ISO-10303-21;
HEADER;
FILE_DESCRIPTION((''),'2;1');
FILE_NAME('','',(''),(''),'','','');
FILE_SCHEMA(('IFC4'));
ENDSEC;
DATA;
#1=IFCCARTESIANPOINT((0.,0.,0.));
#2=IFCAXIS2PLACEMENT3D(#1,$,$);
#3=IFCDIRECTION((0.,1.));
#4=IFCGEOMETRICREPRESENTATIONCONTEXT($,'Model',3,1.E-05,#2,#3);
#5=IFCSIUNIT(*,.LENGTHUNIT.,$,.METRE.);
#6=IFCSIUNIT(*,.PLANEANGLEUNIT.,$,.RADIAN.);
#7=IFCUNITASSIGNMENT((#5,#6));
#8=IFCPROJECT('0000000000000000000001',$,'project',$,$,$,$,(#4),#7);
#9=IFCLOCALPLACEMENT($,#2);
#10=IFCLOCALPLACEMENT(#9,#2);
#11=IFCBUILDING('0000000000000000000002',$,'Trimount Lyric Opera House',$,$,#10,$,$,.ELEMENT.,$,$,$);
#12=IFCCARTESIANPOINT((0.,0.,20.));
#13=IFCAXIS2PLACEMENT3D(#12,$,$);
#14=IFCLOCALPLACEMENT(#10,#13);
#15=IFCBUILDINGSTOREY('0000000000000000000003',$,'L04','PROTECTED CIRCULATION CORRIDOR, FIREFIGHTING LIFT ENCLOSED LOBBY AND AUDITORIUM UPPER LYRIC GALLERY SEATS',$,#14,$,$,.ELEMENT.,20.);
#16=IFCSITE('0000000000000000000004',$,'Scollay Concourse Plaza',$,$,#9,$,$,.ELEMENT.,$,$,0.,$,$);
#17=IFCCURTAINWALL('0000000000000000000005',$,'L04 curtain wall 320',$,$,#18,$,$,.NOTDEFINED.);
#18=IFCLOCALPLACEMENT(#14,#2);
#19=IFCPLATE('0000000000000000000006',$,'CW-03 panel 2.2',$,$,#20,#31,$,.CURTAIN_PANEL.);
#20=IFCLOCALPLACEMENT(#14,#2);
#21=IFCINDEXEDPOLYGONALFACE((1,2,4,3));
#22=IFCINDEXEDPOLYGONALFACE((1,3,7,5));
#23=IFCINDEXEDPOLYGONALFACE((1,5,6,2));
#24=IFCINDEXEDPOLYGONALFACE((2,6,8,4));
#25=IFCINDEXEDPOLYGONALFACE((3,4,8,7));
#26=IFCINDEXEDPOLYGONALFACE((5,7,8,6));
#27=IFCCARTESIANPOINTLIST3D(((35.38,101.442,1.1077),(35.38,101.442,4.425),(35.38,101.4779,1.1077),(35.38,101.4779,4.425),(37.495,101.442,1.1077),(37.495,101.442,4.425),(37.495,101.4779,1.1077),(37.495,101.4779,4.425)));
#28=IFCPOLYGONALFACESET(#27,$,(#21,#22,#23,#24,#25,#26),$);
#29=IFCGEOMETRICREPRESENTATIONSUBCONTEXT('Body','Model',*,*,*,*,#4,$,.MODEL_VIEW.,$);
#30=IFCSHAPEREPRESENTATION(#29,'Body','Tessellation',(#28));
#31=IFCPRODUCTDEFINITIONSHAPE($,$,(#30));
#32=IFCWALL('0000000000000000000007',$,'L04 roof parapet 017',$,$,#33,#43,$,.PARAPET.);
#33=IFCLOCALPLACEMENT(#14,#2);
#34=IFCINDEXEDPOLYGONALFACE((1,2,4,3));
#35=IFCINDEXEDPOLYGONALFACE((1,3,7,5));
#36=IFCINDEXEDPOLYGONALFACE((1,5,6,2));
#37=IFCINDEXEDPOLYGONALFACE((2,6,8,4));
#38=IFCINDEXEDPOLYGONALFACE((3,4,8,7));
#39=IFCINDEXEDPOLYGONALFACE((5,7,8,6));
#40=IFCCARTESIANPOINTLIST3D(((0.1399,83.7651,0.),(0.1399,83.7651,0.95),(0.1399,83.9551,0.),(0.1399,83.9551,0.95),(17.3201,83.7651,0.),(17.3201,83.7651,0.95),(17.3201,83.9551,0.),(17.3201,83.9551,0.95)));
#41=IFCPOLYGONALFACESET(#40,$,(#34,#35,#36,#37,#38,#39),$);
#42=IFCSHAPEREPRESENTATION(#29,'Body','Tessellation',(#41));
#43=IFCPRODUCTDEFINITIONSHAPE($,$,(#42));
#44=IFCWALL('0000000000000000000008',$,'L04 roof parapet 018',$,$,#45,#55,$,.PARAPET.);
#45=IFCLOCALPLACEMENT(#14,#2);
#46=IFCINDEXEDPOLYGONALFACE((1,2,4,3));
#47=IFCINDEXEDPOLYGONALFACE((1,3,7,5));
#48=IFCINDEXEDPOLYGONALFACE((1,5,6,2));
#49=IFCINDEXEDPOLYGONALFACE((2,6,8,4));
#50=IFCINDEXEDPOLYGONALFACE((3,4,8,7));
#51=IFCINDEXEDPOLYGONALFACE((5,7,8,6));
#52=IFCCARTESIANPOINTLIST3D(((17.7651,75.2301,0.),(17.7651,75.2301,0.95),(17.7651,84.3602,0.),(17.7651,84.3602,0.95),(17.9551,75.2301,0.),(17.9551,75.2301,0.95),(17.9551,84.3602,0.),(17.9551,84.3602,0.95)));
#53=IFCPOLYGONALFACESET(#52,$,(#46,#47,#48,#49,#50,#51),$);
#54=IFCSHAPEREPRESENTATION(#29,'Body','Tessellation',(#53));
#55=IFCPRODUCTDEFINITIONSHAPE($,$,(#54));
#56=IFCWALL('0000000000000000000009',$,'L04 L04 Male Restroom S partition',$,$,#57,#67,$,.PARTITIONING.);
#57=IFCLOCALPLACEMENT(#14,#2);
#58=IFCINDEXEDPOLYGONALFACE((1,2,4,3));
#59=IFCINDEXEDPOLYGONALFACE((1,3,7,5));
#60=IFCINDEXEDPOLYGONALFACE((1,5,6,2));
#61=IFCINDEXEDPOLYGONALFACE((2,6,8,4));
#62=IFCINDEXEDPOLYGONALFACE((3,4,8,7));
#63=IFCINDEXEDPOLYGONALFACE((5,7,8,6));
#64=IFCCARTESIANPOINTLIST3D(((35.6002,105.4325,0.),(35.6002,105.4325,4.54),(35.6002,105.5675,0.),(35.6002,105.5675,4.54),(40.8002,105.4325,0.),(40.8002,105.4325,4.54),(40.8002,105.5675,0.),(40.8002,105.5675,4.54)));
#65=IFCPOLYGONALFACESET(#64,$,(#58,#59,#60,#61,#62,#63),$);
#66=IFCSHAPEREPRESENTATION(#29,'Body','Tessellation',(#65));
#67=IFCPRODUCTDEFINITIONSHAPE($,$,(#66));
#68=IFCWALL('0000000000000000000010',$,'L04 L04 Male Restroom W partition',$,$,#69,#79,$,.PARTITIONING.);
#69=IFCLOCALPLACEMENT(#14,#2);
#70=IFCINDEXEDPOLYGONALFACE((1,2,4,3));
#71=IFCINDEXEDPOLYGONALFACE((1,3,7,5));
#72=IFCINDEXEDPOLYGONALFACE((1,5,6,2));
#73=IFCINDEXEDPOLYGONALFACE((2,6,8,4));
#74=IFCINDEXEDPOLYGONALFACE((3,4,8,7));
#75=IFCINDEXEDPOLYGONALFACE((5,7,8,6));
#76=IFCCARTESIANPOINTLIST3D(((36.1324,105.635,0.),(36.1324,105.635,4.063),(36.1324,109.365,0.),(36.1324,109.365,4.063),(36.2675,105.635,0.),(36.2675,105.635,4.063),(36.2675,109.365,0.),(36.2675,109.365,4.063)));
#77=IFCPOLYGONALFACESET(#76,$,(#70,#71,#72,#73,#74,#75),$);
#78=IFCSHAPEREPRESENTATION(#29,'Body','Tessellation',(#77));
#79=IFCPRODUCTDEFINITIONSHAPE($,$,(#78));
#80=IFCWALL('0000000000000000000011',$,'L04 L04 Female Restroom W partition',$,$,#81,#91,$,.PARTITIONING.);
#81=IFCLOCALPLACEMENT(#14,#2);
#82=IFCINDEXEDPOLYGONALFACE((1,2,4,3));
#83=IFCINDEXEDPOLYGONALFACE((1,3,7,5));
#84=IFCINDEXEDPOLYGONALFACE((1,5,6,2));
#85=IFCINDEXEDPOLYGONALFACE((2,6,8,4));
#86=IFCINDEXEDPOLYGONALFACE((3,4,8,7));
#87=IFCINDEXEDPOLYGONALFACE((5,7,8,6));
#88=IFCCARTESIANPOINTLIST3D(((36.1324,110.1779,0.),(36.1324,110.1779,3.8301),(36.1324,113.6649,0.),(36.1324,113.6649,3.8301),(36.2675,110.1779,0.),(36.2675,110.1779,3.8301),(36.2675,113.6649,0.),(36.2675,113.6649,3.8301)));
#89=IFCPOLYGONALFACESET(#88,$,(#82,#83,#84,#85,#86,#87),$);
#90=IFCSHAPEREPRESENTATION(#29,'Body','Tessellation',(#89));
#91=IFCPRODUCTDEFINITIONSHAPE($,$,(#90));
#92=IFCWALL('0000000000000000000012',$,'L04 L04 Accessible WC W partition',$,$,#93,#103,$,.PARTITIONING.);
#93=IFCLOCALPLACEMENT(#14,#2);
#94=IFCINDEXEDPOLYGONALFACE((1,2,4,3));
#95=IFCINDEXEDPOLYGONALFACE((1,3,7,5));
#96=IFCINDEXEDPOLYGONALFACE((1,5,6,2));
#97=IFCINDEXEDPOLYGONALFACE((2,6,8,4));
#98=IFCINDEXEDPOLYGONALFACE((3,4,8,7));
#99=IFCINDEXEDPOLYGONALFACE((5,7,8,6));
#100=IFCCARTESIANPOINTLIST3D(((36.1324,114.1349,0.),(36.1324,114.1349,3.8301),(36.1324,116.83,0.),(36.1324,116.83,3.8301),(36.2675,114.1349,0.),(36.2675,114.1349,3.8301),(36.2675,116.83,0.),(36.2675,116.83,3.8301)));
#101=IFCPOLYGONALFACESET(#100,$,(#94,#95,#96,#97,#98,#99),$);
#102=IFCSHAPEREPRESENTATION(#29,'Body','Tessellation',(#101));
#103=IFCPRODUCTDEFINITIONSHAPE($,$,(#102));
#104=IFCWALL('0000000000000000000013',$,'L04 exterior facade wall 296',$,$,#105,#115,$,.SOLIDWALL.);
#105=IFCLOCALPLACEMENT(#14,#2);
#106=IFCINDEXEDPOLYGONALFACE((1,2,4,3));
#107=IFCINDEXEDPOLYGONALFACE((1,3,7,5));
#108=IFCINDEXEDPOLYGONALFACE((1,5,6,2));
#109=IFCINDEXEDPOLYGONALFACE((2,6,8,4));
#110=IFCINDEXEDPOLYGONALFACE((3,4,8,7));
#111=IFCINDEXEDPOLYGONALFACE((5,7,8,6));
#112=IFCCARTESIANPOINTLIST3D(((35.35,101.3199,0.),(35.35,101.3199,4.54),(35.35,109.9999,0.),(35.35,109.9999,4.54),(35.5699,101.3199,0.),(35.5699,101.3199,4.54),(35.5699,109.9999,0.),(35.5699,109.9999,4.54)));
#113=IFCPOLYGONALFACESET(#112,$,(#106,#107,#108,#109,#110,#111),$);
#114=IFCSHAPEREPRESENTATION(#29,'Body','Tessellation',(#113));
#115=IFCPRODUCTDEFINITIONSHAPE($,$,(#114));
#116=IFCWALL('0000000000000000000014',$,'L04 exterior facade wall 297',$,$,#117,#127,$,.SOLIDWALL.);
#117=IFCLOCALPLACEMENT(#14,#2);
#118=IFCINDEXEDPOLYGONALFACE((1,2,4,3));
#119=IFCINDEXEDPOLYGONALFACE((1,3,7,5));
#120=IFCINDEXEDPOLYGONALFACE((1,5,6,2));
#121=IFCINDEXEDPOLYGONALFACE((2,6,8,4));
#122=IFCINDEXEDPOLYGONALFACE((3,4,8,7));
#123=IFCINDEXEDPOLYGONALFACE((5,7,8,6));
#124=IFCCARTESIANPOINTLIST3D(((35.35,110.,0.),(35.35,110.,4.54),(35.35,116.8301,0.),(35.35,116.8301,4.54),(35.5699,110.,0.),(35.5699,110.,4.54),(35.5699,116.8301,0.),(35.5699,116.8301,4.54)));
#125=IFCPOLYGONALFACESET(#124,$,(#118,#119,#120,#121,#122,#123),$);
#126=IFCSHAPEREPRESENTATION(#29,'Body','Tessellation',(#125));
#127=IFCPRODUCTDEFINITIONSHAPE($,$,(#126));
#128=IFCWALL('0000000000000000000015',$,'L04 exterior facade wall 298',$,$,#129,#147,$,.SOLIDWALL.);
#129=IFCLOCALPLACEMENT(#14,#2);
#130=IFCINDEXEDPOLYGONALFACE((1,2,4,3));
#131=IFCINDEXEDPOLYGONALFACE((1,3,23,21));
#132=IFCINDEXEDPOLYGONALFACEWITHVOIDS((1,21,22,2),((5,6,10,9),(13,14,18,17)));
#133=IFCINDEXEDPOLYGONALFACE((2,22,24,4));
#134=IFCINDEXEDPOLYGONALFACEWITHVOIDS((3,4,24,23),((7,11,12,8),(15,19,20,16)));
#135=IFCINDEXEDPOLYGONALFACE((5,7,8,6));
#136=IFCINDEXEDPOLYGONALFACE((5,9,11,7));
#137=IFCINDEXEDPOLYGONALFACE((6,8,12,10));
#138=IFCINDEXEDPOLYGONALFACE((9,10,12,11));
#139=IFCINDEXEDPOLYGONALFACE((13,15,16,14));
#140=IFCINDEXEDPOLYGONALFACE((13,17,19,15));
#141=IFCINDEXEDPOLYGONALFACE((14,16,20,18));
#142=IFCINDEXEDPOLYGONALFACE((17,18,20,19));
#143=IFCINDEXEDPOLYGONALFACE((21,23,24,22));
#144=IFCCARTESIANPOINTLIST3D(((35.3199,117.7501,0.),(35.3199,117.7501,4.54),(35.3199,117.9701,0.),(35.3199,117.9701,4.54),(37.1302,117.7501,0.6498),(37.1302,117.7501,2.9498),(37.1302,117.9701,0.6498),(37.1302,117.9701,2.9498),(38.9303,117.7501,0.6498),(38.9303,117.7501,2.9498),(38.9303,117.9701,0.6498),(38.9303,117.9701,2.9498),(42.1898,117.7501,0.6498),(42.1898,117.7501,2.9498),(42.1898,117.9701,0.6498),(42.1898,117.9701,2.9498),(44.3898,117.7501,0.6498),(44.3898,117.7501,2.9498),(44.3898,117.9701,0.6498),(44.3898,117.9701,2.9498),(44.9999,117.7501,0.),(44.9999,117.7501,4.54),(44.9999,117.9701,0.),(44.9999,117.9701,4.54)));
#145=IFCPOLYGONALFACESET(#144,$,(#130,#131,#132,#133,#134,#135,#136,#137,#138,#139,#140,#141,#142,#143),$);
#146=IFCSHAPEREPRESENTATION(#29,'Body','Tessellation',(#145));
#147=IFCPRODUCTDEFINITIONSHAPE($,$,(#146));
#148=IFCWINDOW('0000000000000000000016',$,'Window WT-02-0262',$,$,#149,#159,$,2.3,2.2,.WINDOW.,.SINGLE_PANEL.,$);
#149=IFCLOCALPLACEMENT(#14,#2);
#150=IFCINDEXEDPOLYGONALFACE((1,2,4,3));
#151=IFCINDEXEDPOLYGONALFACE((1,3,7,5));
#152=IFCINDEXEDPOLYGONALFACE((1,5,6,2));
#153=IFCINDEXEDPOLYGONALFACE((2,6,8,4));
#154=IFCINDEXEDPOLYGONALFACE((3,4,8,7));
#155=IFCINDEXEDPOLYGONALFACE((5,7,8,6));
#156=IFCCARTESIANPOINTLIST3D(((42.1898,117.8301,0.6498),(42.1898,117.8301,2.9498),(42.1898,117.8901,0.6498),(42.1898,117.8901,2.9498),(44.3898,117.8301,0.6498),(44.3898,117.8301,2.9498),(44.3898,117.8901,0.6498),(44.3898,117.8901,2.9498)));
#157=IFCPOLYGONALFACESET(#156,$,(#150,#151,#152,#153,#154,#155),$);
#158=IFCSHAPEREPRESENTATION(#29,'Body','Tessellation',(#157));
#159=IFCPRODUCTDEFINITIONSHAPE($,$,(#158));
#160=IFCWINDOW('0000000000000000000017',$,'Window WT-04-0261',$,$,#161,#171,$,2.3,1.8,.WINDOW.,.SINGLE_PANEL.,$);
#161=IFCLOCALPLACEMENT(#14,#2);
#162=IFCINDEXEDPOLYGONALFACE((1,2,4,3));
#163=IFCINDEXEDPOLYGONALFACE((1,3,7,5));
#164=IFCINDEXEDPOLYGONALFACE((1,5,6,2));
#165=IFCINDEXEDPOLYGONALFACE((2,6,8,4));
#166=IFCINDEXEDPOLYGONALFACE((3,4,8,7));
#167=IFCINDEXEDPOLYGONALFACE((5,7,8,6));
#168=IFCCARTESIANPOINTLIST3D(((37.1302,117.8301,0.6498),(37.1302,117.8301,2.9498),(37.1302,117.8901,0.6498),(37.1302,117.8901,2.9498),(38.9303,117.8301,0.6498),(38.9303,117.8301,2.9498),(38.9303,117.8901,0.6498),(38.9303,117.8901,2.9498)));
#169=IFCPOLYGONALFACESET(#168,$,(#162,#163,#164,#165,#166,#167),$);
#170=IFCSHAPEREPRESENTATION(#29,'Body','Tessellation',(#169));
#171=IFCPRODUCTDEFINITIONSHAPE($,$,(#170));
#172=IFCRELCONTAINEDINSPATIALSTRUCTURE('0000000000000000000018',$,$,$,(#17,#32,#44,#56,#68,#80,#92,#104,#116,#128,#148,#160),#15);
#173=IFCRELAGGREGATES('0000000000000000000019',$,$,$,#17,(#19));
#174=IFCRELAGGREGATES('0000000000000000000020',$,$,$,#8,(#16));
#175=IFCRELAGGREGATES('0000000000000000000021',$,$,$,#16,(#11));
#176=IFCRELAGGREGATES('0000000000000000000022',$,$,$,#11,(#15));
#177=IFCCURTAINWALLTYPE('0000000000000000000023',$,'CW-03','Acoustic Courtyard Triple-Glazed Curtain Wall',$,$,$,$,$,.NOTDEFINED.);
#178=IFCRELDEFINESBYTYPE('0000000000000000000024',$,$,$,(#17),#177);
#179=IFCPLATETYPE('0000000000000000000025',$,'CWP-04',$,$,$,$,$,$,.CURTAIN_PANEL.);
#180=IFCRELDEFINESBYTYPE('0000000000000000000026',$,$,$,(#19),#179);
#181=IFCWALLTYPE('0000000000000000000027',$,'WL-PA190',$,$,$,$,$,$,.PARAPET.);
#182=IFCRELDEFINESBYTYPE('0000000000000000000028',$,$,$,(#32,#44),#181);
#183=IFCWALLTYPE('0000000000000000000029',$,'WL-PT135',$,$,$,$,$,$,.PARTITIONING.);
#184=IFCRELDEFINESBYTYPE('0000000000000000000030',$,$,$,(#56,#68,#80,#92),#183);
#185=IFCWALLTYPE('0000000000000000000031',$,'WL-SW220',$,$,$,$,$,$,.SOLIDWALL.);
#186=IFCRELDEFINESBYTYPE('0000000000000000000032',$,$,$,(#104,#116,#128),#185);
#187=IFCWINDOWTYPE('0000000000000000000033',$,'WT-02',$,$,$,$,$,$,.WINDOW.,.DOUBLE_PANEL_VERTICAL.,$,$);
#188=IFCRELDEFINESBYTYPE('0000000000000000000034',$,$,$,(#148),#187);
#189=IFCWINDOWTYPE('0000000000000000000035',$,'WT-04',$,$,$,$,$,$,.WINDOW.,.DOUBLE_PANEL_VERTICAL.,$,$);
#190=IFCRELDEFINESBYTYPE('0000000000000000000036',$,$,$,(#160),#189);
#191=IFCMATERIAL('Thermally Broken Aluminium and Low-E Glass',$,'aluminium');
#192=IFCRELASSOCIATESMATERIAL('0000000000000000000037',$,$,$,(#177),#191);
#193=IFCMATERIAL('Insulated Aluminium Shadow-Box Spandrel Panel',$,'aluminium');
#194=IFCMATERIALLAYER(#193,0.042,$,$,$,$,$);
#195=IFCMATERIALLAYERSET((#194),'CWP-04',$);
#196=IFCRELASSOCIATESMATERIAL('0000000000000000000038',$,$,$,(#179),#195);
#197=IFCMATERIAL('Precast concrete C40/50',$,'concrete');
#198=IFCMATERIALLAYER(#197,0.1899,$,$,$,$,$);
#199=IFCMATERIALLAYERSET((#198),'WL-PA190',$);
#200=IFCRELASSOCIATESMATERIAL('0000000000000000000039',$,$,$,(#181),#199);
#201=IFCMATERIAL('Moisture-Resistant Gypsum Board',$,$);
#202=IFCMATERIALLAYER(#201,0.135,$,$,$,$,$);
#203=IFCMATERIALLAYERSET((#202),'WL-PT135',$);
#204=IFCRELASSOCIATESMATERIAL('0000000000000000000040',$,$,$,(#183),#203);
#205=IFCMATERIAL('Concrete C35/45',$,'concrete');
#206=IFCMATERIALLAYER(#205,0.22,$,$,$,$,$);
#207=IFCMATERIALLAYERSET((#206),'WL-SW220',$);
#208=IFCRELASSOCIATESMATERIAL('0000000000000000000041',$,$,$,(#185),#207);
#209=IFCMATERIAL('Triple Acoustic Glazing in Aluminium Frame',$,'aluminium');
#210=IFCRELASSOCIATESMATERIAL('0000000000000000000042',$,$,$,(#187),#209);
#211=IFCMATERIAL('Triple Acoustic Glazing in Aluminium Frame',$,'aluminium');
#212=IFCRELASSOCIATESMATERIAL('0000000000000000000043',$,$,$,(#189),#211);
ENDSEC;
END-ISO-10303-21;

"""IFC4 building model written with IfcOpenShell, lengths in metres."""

from ifc_helpers import new_model, si_unit, direction, frame, frame_2d, origin, origin_2d, place, context, subcontext, project, spatial, rectangle, extrude, material, layer, layer_set, type_object, element, fill, aggregate, save


model = new_model("IFC4")

# Units and contexts
model_context = context("Model", 3, precision=1e-05, world=origin(), true_north=direction((0.0, 1.0)))
body_context = subcontext(model_context, "Body", "Model", "MODEL_VIEW")
ifc_project = project(units=[si_unit("LENGTHUNIT", "METRE"), si_unit("PLANEANGLEUNIT", "RADIAN")], contexts=[model_context])

# Site, building, storey
site_placement = place(None, origin())
site = spatial("IfcSite", under=ifc_project, at=site_placement, Name="Scollay Concourse Plaza", CompositionType="ELEMENT", RefElevation=0.0)
building_placement = place(site_placement, origin())
building = spatial("IfcBuilding", under=site, at=building_placement, Name="Trimount Lyric Opera House", CompositionType="ELEMENT")
storey_placement = place(building_placement, frame((0.0, 0.0, 20.0)))
storey = spatial("IfcBuildingStorey", under=building, at=storey_placement, Name="L04", Description="PROTECTED CIRCULATION CORRIDOR, FIREFIGHTING LIFT ENCLOSED LOBBY AND AUDITORIUM UPPER LYRIC GALLERY SEATS", CompositionType="ELEMENT", Elevation=20.0)

# Curtain wall
ifc_material_1 = material(Name="Thermally Broken Aluminium and Low-E Glass", Category="aluminium")
curtain_wall_type = type_object("IfcCurtainWallType", Name="CW-03", Description="Acoustic Courtyard Triple-Glazed Curtain Wall", PredefinedType="NOTDEFINED", material=ifc_material_1)
curtain_wall_1_placement = place(storey_placement, origin())
curtain_wall_1 = element("IfcCurtainWall", 1, at=curtain_wall_1_placement, inside=storey, type_object=curtain_wall_type, Name="L04 curtain wall 320", PredefinedType="NOTDEFINED")

# Plate
ifc_material_2 = material(Name="Insulated Aluminium Shadow-Box Spandrel Panel", Category="aluminium")
ifc_layer_1 = layer(ifc_material_2, 0.042)
ifc_layer_set_1 = layer_set([ifc_layer_1], Name="CWP-04")
plate_type_1 = type_object("IfcPlateType", Name="CWP-04", PredefinedType="CURTAIN_PANEL", material=ifc_layer_set_1)
plate_1_placement = place(storey_placement, frame((36.4375, 101.46, 1.1077), z_axis=(0.0, 0.0, 1.0), x_axis=(-1.0, 0.0, 0.0)))
plate_1 = element("IfcPlate", 2, at=plate_1_placement, type_object=plate_type_1, Name="CW-03 panel 2.2", PredefinedType="CURTAIN_PANEL", context=body_context, shape_type="SweptSolid", body=[
    extrude(rectangle(XDim=2.115, YDim=0.0359, at=origin_2d()), origin(), (0.0, 0.0, 1.0), 3.3174),
])
aggregate(curtain_wall_1, [plate_1])

# Walls
ifc_material_3 = material(Name="Precast concrete C40/50", Category="concrete")
ifc_layer_2 = layer(ifc_material_3, 0.1899)
ifc_layer_set_2 = layer_set([ifc_layer_2], Name="WL-PA190")
wall_type_1 = type_object("IfcWallType", Name="WL-PA190", PredefinedType="PARAPET", material=ifc_layer_set_2)
wall_1_placement = place(storey_placement, frame((0.1399, 83.8601, 0.0), z_axis=(0.0, 0.0, 1.0), x_axis=(1.0, 0.0, 0.0)))
element("IfcWall", 3, at=wall_1_placement, inside=storey, type_object=wall_type_1, Name="L04 roof parapet 017", PredefinedType="PARAPET", context=body_context, shape_type="SweptSolid", body=[
    extrude(rectangle(XDim=17.1802, YDim=0.1899, at=frame_2d((8.5901, 0.0))), origin(), (0.0, 0.0, 1.0), 0.95),
])
wall_2_placement = place(storey_placement, frame((17.8601, 84.3601, 0.0), z_axis=(0.0, 0.0, 1.0), x_axis=(0.0, -1.0, 0.0)))
element("IfcWall", 4, at=wall_2_placement, inside=storey, type_object=wall_type_1, Name="L04 roof parapet 018", PredefinedType="PARAPET", context=body_context, shape_type="SweptSolid", body=[
    extrude(rectangle(XDim=9.1301, YDim=0.1899, at=frame_2d((4.5649, 0.0))), origin(), (0.0, 0.0, 1.0), 0.95),
])
ifc_material_4 = material(Name="Moisture-Resistant Gypsum Board")
ifc_layer_3 = layer(ifc_material_4, 0.135)
ifc_layer_set_3 = layer_set([ifc_layer_3], Name="WL-PT135")
wall_type_2 = type_object("IfcWallType", Name="WL-PT135", PredefinedType="PARTITIONING", material=ifc_layer_set_3)
wall_3_placement = place(storey_placement, frame((35.6001, 105.5, 0.0), z_axis=(0.0, 0.0, 1.0), x_axis=(1.0, 0.0, 0.0)))
element("IfcWall", 5, at=wall_3_placement, inside=storey, type_object=wall_type_2, Name="L04 L04 Male Restroom S partition", PredefinedType="PARTITIONING", context=body_context, shape_type="SweptSolid", body=[
    extrude(rectangle(XDim=5.2, YDim=0.135, at=frame_2d((2.6001, 0.0))), origin(), (0.0, 0.0, 1.0), 4.54),
])
wall_4_placement = place(storey_placement, frame((36.2, 109.365, 0.0), z_axis=(0.0, 0.0, 1.0), x_axis=(0.0, -1.0, 0.0)))
element("IfcWall", 6, at=wall_4_placement, inside=storey, type_object=wall_type_2, Name="L04 L04 Male Restroom W partition", PredefinedType="PARTITIONING", context=body_context, shape_type="SweptSolid", body=[
    extrude(rectangle(XDim=3.73, YDim=0.135, at=frame_2d((1.865, 0.0))), origin(), (0.0, 0.0, 1.0), 4.063),
])
wall_5_placement = place(storey_placement, frame((36.2, 113.665, 0.0), z_axis=(0.0, 0.0, 1.0), x_axis=(0.0, -1.0, 0.0)))
element("IfcWall", 7, at=wall_5_placement, inside=storey, type_object=wall_type_2, Name="L04 L04 Female Restroom W partition", PredefinedType="PARTITIONING", context=body_context, shape_type="SweptSolid", body=[
    extrude(rectangle(XDim=3.4871, YDim=0.135, at=frame_2d((1.7437, 0.0))), origin(), (0.0, 0.0, 1.0), 3.8301),
])
wall_6_placement = place(storey_placement, frame((36.2, 116.8301, 0.0), z_axis=(0.0, 0.0, 1.0), x_axis=(0.0, -1.0, 0.0)))
element("IfcWall", 8, at=wall_6_placement, inside=storey, type_object=wall_type_2, Name="L04 L04 Accessible WC W partition", PredefinedType="PARTITIONING", context=body_context, shape_type="SweptSolid", body=[
    extrude(rectangle(XDim=2.6951, YDim=0.135, at=frame_2d((1.3477, 0.0))), origin(), (0.0, 0.0, 1.0), 3.8301),
])
ifc_material_5 = material(Name="Concrete C35/45", Category="concrete")
ifc_layer_4 = layer(ifc_material_5, 0.22)
ifc_layer_set_4 = layer_set([ifc_layer_4], Name="WL-SW220")
wall_type_3 = type_object("IfcWallType", Name="WL-SW220", PredefinedType="SOLIDWALL", material=ifc_layer_set_4)
wall_7_placement = place(storey_placement, frame((35.46, 101.3201, 0.0), z_axis=(0.0, 0.0, 1.0), x_axis=(0.0, 1.0, 0.0)))
element("IfcWall", 9, at=wall_7_placement, inside=storey, type_object=wall_type_3, Name="L04 exterior facade wall 296", PredefinedType="SOLIDWALL", context=body_context, shape_type="SweptSolid", body=[
    extrude(rectangle(XDim=8.6799, YDim=0.22, at=frame_2d((4.3398, 0.0))), origin(), (0.0, 0.0, 1.0), 4.54),
])
wall_8_placement = place(storey_placement, frame((35.46, 110.0, 0.0), z_axis=(0.0, 0.0, 1.0), x_axis=(0.0, 1.0, 0.0)))
element("IfcWall", 10, at=wall_8_placement, inside=storey, type_object=wall_type_3, Name="L04 exterior facade wall 297", PredefinedType="SOLIDWALL", context=body_context, shape_type="SweptSolid", body=[
    extrude(rectangle(XDim=6.8301, YDim=0.22, at=frame_2d((3.415, 0.0))), origin(), (0.0, 0.0, 1.0), 4.54),
])

# Wall, openings, windows
wall_9_placement = place(storey_placement, frame((35.3201, 117.8601, 0.0), z_axis=(0.0, 0.0, 1.0), x_axis=(1.0, 0.0, 0.0)))
wall_9 = element("IfcWall", 11, at=wall_9_placement, inside=storey, type_object=wall_type_3, Name="L04 exterior facade wall 298", PredefinedType="SOLIDWALL", context=body_context, shape_type="SweptSolid", body=[
    extrude(rectangle(XDim=9.6799, YDim=0.22, at=frame_2d((4.8398, 0.0))), origin(), (0.0, 0.0, 1.0), 4.54),
])
opening_1_placement = place(wall_9_placement, frame((1.8103, 0.0, 0.6499)))
opening_1 = element("IfcOpeningElement", 12, at=opening_1_placement, cuts=wall_9, PredefinedType="OPENING", context=body_context, shape_type="SweptSolid", body=[
    extrude(rectangle(XDim=1.8, YDim=2.3, at=frame_2d((0.8999, 1.1499))), frame((0.0, 0.1201, 0.0), z_axis=(0.0, -1.0, 0.0), x_axis=(1.0, 0.0, 0.0)), (0.0, 0.0, 1.0), 0.24),
])
opening_2_placement = place(wall_9_placement, frame((6.8696, 0.0, 0.6499)))
opening_2 = element("IfcOpeningElement", 13, at=opening_2_placement, cuts=wall_9, PredefinedType="OPENING", context=body_context, shape_type="SweptSolid", body=[
    extrude(rectangle(XDim=2.2, YDim=2.3, at=frame_2d((1.1001, 1.1499))), frame((0.0, 0.1201, 0.0), z_axis=(0.0, -1.0, 0.0), x_axis=(1.0, 0.0, 0.0)), (0.0, 0.0, 1.0), 0.24),
])
ifc_material_6 = material(Name="Triple Acoustic Glazing in Aluminium Frame", Category="aluminium")
window_type_1 = type_object("IfcWindowType", Name="WT-02", PartitioningType="DOUBLE_PANEL_VERTICAL", PredefinedType="WINDOW", material=ifc_material_6)
window_1_placement = place(opening_2_placement, origin())
window_1 = element("IfcWindow", 14, at=window_1_placement, inside=storey, type_object=window_type_1, Name="Window WT-02-0262", OverallHeight=2.3, OverallWidth=2.2, PartitioningType="SINGLE_PANEL", PredefinedType="WINDOW", context=body_context, shape_type="SweptSolid", body=[
    extrude(rectangle(XDim=2.2, YDim=2.3, at=frame_2d((1.1001, 1.1499))), frame((0.0, 0.03, 0.0), z_axis=(0.0, -1.0, 0.0), x_axis=(1.0, 0.0, 0.0)), (0.0, 0.0, 1.0), 0.0601),
])
fill(opening_2, window_1)
ifc_material_7 = material(Name="Triple Acoustic Glazing in Aluminium Frame", Category="aluminium")
window_type_2 = type_object("IfcWindowType", Name="WT-04", PartitioningType="DOUBLE_PANEL_VERTICAL", PredefinedType="WINDOW", material=ifc_material_7)
window_2_placement = place(opening_1_placement, origin())
window_2 = element("IfcWindow", 15, at=window_2_placement, inside=storey, type_object=window_type_2, Name="Window WT-04-0261", OverallHeight=2.3, OverallWidth=1.8, PartitioningType="SINGLE_PANEL", PredefinedType="WINDOW", context=body_context, shape_type="SweptSolid", body=[
    extrude(rectangle(XDim=1.8, YDim=2.3, at=frame_2d((0.8999, 1.1499))), frame((0.0, 0.03, 0.0), z_axis=(0.0, -1.0, 0.0), x_axis=(1.0, 0.0, 0.0)), (0.0, 0.0, 1.0), 0.0601),
])
fill(opening_1, window_2)

save(model, "model.ifc")
